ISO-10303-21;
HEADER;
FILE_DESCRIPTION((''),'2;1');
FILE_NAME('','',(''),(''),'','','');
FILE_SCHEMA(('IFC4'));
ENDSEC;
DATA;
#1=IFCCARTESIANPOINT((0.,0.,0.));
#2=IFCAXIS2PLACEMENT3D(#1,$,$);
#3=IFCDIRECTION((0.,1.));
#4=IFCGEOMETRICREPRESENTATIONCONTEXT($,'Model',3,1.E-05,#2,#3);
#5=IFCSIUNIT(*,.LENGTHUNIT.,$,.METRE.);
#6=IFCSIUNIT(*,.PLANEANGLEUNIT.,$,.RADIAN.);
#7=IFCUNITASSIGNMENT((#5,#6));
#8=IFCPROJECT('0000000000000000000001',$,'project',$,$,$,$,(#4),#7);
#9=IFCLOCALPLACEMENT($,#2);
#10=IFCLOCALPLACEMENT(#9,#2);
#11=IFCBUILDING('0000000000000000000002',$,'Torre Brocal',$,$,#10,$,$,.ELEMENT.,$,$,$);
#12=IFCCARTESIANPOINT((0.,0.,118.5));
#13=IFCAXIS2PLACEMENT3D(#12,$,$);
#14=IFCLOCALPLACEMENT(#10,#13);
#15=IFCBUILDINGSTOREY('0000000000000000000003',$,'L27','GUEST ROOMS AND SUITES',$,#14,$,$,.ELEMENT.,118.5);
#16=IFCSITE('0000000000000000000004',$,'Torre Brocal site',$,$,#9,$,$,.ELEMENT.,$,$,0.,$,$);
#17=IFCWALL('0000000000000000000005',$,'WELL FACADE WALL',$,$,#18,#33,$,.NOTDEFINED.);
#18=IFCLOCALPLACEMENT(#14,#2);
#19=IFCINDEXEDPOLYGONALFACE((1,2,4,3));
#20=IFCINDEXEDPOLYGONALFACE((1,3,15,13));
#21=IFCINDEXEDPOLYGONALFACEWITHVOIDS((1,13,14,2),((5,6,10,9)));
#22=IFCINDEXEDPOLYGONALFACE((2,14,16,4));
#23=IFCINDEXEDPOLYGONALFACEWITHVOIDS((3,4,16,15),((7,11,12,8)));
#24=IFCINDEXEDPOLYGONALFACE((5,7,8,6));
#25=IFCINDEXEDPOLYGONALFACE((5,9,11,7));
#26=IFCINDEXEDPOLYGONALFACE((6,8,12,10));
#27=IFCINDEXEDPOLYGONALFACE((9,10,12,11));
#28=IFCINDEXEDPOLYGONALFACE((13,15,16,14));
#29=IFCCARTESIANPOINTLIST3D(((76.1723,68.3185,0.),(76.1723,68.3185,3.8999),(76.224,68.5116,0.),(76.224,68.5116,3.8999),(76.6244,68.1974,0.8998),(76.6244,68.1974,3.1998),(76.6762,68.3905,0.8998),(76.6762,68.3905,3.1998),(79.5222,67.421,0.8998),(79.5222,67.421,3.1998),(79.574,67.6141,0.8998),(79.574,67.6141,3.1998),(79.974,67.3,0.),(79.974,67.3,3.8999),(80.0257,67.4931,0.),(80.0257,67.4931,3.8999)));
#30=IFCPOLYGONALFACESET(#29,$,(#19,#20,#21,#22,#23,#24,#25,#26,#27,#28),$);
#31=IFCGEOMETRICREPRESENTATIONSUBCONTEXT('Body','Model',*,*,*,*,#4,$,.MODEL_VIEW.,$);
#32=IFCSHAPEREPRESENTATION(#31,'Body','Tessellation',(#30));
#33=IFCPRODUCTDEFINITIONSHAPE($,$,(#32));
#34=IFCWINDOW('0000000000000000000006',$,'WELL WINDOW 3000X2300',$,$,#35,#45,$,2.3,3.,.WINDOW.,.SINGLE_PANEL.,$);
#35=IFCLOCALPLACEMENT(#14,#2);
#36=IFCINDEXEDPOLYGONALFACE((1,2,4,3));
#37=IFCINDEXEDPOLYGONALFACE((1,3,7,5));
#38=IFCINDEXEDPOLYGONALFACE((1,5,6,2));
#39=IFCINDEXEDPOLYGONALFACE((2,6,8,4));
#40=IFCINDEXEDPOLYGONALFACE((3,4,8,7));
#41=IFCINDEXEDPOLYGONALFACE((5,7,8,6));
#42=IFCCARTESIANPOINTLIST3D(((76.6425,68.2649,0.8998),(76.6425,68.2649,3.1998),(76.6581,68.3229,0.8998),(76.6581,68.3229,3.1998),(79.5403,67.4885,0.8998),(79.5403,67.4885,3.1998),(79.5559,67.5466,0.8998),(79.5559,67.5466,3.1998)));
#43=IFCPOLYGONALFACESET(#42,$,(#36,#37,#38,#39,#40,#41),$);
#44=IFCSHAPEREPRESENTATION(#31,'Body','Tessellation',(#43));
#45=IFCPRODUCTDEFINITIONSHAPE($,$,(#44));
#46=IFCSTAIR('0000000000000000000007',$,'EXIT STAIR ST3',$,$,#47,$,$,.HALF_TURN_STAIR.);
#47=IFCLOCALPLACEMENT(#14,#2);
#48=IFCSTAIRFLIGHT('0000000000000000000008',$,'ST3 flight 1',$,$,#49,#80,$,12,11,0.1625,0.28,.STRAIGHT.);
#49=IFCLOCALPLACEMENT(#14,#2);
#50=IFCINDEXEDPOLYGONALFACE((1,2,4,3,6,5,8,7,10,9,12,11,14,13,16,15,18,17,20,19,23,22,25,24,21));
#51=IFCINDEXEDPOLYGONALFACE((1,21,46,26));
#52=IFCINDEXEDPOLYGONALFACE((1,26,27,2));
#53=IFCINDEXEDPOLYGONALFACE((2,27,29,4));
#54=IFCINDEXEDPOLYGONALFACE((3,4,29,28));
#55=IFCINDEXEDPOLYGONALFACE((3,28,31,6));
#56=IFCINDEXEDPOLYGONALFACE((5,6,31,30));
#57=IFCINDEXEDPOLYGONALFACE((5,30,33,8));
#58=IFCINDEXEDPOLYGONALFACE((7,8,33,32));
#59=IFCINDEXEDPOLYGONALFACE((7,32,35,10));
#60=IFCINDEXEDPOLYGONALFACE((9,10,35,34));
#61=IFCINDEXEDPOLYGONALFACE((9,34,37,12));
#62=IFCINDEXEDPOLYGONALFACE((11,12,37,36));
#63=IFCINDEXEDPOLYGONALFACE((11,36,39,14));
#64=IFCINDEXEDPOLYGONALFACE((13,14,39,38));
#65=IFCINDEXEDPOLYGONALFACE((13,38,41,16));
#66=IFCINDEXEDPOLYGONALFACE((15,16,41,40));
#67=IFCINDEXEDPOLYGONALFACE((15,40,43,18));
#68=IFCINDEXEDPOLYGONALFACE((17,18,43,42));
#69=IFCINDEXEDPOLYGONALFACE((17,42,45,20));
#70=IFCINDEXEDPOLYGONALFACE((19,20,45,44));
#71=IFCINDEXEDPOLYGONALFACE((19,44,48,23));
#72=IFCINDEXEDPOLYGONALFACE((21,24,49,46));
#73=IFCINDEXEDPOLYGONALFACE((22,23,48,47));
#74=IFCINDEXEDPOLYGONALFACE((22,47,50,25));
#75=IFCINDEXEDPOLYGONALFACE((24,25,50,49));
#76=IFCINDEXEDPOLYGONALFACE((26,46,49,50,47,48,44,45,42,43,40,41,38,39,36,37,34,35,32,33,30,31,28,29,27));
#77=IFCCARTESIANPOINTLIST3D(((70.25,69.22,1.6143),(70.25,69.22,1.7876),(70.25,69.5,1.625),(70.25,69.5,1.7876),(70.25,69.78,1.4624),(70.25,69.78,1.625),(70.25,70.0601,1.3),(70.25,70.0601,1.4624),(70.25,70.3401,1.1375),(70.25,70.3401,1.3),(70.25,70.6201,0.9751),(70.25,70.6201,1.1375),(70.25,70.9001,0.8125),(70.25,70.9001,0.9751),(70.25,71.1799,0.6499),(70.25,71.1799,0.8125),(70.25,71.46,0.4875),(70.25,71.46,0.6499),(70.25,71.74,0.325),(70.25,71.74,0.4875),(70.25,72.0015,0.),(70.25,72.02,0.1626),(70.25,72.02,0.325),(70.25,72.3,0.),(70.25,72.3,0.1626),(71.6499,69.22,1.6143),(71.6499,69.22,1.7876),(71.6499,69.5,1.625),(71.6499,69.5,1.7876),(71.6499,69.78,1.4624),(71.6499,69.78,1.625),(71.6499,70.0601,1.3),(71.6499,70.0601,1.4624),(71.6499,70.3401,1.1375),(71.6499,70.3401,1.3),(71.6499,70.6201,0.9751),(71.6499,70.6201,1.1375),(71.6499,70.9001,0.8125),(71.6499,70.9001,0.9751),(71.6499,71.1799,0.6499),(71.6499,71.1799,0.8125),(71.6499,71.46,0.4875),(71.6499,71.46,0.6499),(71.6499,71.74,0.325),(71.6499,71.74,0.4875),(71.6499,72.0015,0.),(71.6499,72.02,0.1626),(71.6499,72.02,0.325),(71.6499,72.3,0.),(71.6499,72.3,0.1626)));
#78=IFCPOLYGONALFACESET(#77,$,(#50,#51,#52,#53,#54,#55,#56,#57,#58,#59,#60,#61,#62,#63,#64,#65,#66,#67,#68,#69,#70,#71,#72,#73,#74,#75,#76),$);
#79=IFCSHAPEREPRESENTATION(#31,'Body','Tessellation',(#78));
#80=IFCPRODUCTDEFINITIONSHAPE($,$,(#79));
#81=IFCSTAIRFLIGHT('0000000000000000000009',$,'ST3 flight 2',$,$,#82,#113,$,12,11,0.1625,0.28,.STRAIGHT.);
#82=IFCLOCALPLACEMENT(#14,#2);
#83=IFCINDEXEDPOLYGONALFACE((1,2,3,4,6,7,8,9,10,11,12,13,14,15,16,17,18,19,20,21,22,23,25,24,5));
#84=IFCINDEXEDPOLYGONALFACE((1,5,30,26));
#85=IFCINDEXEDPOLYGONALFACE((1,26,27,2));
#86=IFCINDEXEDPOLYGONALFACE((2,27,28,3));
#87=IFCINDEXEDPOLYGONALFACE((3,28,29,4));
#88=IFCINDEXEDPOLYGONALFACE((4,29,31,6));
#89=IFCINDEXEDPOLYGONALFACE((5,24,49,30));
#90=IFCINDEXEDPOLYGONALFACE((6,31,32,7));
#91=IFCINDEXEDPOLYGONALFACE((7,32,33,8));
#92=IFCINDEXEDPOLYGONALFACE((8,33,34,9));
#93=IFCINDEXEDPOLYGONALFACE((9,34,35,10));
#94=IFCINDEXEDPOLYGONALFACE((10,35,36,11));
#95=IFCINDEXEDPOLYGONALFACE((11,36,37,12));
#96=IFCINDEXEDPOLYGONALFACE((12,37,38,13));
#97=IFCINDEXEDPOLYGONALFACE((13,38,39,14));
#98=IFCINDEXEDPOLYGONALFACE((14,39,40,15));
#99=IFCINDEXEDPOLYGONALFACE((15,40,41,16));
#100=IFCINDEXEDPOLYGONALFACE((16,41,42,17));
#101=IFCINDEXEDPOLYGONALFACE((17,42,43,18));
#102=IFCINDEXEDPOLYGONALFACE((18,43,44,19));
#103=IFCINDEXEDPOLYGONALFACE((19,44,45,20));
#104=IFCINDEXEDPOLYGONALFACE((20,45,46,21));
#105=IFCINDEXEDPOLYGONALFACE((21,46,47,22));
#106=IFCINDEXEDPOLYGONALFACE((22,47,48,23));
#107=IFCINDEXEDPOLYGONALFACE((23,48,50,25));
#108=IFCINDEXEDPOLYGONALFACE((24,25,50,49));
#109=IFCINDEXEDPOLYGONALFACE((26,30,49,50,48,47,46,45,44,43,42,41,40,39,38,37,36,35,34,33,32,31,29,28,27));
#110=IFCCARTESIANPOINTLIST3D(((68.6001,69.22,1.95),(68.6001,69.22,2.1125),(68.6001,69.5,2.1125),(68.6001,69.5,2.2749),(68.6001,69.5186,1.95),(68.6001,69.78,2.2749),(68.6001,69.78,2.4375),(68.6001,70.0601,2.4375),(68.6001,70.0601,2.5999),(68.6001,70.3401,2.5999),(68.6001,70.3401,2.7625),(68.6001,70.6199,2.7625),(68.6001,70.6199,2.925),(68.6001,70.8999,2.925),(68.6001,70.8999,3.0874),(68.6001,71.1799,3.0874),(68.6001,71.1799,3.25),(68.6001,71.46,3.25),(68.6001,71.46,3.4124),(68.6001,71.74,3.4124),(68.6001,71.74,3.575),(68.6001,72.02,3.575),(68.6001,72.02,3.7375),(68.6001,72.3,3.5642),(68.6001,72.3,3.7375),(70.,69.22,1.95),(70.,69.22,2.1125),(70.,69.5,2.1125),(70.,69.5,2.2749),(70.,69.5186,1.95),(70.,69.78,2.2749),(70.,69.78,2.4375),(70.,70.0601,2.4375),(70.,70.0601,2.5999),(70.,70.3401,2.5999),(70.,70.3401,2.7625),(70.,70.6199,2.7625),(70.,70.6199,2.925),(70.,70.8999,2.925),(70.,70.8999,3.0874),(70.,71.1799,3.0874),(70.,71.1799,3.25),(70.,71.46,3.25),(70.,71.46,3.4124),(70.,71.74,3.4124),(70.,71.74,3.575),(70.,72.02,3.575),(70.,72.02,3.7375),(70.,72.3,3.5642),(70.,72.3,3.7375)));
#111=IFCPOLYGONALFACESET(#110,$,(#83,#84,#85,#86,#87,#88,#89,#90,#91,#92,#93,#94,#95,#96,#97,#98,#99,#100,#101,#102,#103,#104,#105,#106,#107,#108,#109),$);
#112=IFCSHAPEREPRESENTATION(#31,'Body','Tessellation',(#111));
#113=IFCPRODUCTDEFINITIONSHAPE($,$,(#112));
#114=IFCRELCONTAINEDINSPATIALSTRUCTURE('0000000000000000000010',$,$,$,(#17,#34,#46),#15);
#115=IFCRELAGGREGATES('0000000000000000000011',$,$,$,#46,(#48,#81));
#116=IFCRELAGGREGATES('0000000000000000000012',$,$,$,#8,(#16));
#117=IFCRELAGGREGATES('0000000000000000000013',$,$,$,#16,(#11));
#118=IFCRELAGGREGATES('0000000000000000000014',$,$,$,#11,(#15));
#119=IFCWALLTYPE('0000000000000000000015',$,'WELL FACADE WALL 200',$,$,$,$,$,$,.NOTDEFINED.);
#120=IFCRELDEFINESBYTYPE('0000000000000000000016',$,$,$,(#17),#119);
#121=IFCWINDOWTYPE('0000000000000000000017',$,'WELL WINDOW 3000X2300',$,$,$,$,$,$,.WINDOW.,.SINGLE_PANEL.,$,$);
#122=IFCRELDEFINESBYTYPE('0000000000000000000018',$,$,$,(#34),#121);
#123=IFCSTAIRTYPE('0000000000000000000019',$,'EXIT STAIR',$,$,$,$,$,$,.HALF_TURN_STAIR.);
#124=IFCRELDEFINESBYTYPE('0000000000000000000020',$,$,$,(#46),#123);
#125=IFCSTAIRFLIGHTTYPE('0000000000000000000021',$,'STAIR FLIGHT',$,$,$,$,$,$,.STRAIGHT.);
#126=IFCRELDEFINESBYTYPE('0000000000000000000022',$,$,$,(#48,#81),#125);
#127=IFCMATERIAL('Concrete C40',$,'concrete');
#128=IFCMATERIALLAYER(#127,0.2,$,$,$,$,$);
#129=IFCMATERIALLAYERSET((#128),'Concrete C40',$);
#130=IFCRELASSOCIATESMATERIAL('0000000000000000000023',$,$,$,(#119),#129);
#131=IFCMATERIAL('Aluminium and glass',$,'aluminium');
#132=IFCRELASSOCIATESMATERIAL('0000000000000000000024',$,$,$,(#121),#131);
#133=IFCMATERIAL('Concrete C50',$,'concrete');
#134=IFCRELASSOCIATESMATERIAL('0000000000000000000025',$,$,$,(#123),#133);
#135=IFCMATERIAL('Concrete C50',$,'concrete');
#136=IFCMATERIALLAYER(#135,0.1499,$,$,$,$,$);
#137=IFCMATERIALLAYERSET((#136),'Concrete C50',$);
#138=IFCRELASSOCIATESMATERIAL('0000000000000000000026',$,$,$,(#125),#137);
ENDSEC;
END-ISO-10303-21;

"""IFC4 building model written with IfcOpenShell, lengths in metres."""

from ifc_helpers import new_model, si_unit, direction, frame, frame_2d, origin, place, context, subcontext, project, spatial, polyline, rectangle, outline, extrude, material, layer, layer_set, type_object, element, fill, aggregate, save


model = new_model("IFC4")

# Units and contexts
model_context = context("Model", 3, precision=1e-05, world=origin(), true_north=direction((0.0, 1.0)))
body_context = subcontext(model_context, "Body", "Model", "MODEL_VIEW")
ifc_project = project(units=[si_unit("LENGTHUNIT", "METRE"), si_unit("PLANEANGLEUNIT", "RADIAN")], contexts=[model_context])

# Site, building, storey
site_placement = place(None, origin())
site = spatial("IfcSite", under=ifc_project, at=site_placement, Name="Torre Brocal site", CompositionType="ELEMENT", RefElevation=0.0)
building_placement = place(site_placement, origin())
building = spatial("IfcBuilding", under=site, at=building_placement, Name="Torre Brocal", CompositionType="ELEMENT")
storey_placement = place(building_placement, frame((0.0, 0.0, 118.5)))
storey = spatial("IfcBuildingStorey", under=building, at=storey_placement, Name="L27", Description="GUEST ROOMS AND SUITES", CompositionType="ELEMENT", Elevation=118.5)

# Wall, opening, window
ifc_material_1 = material(Name="Concrete C40", Category="concrete")
ifc_layer_1 = layer(ifc_material_1, 0.2)
ifc_layer_set_1 = layer_set([ifc_layer_1], Name="Concrete C40")
wall_type_1 = type_object("IfcWallType", Name="WELL FACADE WALL 200", PredefinedType="NOTDEFINED", material=ifc_layer_set_1)
ifc_material_2 = material(Name="Aluminium and glass", Category="aluminium")
window_type = type_object("IfcWindowType", Name="WELL WINDOW 3000X2300", PartitioningType="SINGLE_PANEL", PredefinedType="WINDOW", material=ifc_material_2)
wall_1_placement = place(storey_placement, frame((76.1982, 68.415, 0.0), z_axis=(0.0, 0.0, 1.0), x_axis=(0.965934, -0.25879, 0.0)))
wall_1 = element("IfcWall", 1, at=wall_1_placement, inside=storey, type_object=wall_type_1, Name="WELL FACADE WALL", PredefinedType="NOTDEFINED", context=body_context, shape_type="SweptSolid", body=[
    extrude(rectangle(XDim=3.9358, YDim=0.2, at=frame_2d((1.9678, 0.0))), origin(), (0.0, 0.0, 1.0), 3.8999),
])
opening_1_placement = place(wall_1_placement, frame((0.468, 0.0, 0.8999)))
opening_1 = element("IfcOpeningElement", 2, at=opening_1_placement, cuts=wall_1, PredefinedType="OPENING", context=body_context, shape_type="SweptSolid", body=[
    extrude(rectangle(XDim=3.0, YDim=2.3, at=frame_2d((1.5, 1.1499))), frame((0.0, 0.1099, 0.0), z_axis=(0.0, -1.0, 0.0), x_axis=(1.0, 0.0, 0.0)), (0.0, 0.0, 1.0), 0.22),
])
window_1_placement = place(opening_1_placement, origin())
window_1 = element("IfcWindow", 3, at=window_1_placement, inside=storey, type_object=window_type, Name="WELL WINDOW 3000X2300", OverallHeight=2.3, OverallWidth=3.0, PartitioningType="SINGLE_PANEL", PredefinedType="WINDOW", context=body_context, shape_type="SweptSolid", body=[
    extrude(rectangle(XDim=3.0, YDim=2.3, at=frame_2d((1.5, 1.1499))), frame((0.0, 0.03, 0.0), z_axis=(0.0, -1.0, 0.0), x_axis=(1.0, 0.0, 0.0)), (0.0, 0.0, 1.0), 0.0601),
])
fill(opening_1, window_1)

# Stair, stair flights
ifc_material_3 = material(Name="Concrete C50", Category="concrete")
stair_type = type_object("IfcStairType", Name="EXIT STAIR", PredefinedType="HALF_TURN_STAIR", material=ifc_material_3)
stair_placement = place(storey_placement, origin())
stair = element("IfcStair", 4, at=stair_placement, inside=storey, type_object=stair_type, Name="EXIT STAIR ST3", PredefinedType="HALF_TURN_STAIR")
ifc_material_4 = material(Name="Concrete C50", Category="concrete")
ifc_layer_2 = layer(ifc_material_4, 0.1499)
ifc_layer_set_2 = layer_set([ifc_layer_2], Name="Concrete C50")
stair_flight_type = type_object("IfcStairFlightType", Name="STAIR FLIGHT", PredefinedType="STRAIGHT", material=ifc_layer_set_2)
stair_flight_1_placement = place(storey_placement, frame((70.95, 72.3, 0.0), z_axis=(0.0, 0.0, 1.0), x_axis=(0.0, -1.0, 0.0)))
stair_flight_1 = element("IfcStairFlight", 5, at=stair_flight_1_placement, type_object=stair_flight_type, Name="ST3 flight 1", NumberOfRisers=12, NumberOfTreads=11, PredefinedType="STRAIGHT", RiserHeight=0.1625, TreadLength=0.28, context=body_context, shape_type="SweptSolid", body=[
    extrude(outline(polyline([(0.0, 0.0), (0.0, 0.1626), (0.28, 0.1626), (0.28, 0.325), (0.5601, 0.325), (0.5601, 0.4875), (0.8401, 0.4875), (0.8401, 0.6499), (1.1201, 0.6499), (1.1201, 0.8125), (1.3999, 0.8125), (1.3999, 0.9751), (1.6799, 0.9751), (1.6799, 1.1375), (1.96, 1.1375), (1.96, 1.3), (2.24, 1.3), (2.24, 1.4624), (2.52, 1.4624), (2.52, 1.625), (2.8, 1.625), (2.8, 1.7876), (3.0801, 1.7876), (3.0801, 1.95), (3.0801, 1.6143), (0.2986, 0.0), (0.0, 0.0)])), frame((0.0, 0.7, 0.0), z_axis=(0.0, -1.0, 0.0), x_axis=(1.0, 0.0, 0.0)), (0.0, 0.0, 1.0), 1.3999),
])
stair_flight_2_placement = place(storey_placement, frame((69.3, 69.22, 1.95), z_axis=(0.0, 0.0, 1.0), x_axis=(0.0, 1.0, 0.0)))
stair_flight_2 = element("IfcStairFlight", 6, at=stair_flight_2_placement, type_object=stair_flight_type, Name="ST3 flight 2", NumberOfRisers=12, NumberOfTreads=11, PredefinedType="STRAIGHT", RiserHeight=0.1625, TreadLength=0.28, context=body_context, shape_type="SweptSolid", body=[
    extrude(outline(polyline([(0.0, 0.0), (0.0, 0.1626), (0.28, 0.1626), (0.28, 0.325), (0.5601, 0.325), (0.5601, 0.4875), (0.8401, 0.4875), (0.8401, 0.6499), (1.1201, 0.6499), (1.1201, 0.8125), (1.3999, 0.8125), (1.3999, 0.9751), (1.6799, 0.9751), (1.6799, 1.1375), (1.96, 1.1375), (1.96, 1.3), (2.24, 1.3), (2.24, 1.4624), (2.52, 1.4624), (2.52, 1.625), (2.8, 1.625), (2.8, 1.7876), (3.0801, 1.7876), (3.0801, 1.95), (3.0801, 1.6143), (0.2986, 0.0), (0.0, 0.0)])), frame((0.0, 0.7, 0.0), z_axis=(0.0, -1.0, 0.0), x_axis=(1.0, 0.0, 0.0)), (0.0, 0.0, 1.0), 1.3999),
])
aggregate(stair, [stair_flight_1, stair_flight_2])

save(model, "model.ifc")
